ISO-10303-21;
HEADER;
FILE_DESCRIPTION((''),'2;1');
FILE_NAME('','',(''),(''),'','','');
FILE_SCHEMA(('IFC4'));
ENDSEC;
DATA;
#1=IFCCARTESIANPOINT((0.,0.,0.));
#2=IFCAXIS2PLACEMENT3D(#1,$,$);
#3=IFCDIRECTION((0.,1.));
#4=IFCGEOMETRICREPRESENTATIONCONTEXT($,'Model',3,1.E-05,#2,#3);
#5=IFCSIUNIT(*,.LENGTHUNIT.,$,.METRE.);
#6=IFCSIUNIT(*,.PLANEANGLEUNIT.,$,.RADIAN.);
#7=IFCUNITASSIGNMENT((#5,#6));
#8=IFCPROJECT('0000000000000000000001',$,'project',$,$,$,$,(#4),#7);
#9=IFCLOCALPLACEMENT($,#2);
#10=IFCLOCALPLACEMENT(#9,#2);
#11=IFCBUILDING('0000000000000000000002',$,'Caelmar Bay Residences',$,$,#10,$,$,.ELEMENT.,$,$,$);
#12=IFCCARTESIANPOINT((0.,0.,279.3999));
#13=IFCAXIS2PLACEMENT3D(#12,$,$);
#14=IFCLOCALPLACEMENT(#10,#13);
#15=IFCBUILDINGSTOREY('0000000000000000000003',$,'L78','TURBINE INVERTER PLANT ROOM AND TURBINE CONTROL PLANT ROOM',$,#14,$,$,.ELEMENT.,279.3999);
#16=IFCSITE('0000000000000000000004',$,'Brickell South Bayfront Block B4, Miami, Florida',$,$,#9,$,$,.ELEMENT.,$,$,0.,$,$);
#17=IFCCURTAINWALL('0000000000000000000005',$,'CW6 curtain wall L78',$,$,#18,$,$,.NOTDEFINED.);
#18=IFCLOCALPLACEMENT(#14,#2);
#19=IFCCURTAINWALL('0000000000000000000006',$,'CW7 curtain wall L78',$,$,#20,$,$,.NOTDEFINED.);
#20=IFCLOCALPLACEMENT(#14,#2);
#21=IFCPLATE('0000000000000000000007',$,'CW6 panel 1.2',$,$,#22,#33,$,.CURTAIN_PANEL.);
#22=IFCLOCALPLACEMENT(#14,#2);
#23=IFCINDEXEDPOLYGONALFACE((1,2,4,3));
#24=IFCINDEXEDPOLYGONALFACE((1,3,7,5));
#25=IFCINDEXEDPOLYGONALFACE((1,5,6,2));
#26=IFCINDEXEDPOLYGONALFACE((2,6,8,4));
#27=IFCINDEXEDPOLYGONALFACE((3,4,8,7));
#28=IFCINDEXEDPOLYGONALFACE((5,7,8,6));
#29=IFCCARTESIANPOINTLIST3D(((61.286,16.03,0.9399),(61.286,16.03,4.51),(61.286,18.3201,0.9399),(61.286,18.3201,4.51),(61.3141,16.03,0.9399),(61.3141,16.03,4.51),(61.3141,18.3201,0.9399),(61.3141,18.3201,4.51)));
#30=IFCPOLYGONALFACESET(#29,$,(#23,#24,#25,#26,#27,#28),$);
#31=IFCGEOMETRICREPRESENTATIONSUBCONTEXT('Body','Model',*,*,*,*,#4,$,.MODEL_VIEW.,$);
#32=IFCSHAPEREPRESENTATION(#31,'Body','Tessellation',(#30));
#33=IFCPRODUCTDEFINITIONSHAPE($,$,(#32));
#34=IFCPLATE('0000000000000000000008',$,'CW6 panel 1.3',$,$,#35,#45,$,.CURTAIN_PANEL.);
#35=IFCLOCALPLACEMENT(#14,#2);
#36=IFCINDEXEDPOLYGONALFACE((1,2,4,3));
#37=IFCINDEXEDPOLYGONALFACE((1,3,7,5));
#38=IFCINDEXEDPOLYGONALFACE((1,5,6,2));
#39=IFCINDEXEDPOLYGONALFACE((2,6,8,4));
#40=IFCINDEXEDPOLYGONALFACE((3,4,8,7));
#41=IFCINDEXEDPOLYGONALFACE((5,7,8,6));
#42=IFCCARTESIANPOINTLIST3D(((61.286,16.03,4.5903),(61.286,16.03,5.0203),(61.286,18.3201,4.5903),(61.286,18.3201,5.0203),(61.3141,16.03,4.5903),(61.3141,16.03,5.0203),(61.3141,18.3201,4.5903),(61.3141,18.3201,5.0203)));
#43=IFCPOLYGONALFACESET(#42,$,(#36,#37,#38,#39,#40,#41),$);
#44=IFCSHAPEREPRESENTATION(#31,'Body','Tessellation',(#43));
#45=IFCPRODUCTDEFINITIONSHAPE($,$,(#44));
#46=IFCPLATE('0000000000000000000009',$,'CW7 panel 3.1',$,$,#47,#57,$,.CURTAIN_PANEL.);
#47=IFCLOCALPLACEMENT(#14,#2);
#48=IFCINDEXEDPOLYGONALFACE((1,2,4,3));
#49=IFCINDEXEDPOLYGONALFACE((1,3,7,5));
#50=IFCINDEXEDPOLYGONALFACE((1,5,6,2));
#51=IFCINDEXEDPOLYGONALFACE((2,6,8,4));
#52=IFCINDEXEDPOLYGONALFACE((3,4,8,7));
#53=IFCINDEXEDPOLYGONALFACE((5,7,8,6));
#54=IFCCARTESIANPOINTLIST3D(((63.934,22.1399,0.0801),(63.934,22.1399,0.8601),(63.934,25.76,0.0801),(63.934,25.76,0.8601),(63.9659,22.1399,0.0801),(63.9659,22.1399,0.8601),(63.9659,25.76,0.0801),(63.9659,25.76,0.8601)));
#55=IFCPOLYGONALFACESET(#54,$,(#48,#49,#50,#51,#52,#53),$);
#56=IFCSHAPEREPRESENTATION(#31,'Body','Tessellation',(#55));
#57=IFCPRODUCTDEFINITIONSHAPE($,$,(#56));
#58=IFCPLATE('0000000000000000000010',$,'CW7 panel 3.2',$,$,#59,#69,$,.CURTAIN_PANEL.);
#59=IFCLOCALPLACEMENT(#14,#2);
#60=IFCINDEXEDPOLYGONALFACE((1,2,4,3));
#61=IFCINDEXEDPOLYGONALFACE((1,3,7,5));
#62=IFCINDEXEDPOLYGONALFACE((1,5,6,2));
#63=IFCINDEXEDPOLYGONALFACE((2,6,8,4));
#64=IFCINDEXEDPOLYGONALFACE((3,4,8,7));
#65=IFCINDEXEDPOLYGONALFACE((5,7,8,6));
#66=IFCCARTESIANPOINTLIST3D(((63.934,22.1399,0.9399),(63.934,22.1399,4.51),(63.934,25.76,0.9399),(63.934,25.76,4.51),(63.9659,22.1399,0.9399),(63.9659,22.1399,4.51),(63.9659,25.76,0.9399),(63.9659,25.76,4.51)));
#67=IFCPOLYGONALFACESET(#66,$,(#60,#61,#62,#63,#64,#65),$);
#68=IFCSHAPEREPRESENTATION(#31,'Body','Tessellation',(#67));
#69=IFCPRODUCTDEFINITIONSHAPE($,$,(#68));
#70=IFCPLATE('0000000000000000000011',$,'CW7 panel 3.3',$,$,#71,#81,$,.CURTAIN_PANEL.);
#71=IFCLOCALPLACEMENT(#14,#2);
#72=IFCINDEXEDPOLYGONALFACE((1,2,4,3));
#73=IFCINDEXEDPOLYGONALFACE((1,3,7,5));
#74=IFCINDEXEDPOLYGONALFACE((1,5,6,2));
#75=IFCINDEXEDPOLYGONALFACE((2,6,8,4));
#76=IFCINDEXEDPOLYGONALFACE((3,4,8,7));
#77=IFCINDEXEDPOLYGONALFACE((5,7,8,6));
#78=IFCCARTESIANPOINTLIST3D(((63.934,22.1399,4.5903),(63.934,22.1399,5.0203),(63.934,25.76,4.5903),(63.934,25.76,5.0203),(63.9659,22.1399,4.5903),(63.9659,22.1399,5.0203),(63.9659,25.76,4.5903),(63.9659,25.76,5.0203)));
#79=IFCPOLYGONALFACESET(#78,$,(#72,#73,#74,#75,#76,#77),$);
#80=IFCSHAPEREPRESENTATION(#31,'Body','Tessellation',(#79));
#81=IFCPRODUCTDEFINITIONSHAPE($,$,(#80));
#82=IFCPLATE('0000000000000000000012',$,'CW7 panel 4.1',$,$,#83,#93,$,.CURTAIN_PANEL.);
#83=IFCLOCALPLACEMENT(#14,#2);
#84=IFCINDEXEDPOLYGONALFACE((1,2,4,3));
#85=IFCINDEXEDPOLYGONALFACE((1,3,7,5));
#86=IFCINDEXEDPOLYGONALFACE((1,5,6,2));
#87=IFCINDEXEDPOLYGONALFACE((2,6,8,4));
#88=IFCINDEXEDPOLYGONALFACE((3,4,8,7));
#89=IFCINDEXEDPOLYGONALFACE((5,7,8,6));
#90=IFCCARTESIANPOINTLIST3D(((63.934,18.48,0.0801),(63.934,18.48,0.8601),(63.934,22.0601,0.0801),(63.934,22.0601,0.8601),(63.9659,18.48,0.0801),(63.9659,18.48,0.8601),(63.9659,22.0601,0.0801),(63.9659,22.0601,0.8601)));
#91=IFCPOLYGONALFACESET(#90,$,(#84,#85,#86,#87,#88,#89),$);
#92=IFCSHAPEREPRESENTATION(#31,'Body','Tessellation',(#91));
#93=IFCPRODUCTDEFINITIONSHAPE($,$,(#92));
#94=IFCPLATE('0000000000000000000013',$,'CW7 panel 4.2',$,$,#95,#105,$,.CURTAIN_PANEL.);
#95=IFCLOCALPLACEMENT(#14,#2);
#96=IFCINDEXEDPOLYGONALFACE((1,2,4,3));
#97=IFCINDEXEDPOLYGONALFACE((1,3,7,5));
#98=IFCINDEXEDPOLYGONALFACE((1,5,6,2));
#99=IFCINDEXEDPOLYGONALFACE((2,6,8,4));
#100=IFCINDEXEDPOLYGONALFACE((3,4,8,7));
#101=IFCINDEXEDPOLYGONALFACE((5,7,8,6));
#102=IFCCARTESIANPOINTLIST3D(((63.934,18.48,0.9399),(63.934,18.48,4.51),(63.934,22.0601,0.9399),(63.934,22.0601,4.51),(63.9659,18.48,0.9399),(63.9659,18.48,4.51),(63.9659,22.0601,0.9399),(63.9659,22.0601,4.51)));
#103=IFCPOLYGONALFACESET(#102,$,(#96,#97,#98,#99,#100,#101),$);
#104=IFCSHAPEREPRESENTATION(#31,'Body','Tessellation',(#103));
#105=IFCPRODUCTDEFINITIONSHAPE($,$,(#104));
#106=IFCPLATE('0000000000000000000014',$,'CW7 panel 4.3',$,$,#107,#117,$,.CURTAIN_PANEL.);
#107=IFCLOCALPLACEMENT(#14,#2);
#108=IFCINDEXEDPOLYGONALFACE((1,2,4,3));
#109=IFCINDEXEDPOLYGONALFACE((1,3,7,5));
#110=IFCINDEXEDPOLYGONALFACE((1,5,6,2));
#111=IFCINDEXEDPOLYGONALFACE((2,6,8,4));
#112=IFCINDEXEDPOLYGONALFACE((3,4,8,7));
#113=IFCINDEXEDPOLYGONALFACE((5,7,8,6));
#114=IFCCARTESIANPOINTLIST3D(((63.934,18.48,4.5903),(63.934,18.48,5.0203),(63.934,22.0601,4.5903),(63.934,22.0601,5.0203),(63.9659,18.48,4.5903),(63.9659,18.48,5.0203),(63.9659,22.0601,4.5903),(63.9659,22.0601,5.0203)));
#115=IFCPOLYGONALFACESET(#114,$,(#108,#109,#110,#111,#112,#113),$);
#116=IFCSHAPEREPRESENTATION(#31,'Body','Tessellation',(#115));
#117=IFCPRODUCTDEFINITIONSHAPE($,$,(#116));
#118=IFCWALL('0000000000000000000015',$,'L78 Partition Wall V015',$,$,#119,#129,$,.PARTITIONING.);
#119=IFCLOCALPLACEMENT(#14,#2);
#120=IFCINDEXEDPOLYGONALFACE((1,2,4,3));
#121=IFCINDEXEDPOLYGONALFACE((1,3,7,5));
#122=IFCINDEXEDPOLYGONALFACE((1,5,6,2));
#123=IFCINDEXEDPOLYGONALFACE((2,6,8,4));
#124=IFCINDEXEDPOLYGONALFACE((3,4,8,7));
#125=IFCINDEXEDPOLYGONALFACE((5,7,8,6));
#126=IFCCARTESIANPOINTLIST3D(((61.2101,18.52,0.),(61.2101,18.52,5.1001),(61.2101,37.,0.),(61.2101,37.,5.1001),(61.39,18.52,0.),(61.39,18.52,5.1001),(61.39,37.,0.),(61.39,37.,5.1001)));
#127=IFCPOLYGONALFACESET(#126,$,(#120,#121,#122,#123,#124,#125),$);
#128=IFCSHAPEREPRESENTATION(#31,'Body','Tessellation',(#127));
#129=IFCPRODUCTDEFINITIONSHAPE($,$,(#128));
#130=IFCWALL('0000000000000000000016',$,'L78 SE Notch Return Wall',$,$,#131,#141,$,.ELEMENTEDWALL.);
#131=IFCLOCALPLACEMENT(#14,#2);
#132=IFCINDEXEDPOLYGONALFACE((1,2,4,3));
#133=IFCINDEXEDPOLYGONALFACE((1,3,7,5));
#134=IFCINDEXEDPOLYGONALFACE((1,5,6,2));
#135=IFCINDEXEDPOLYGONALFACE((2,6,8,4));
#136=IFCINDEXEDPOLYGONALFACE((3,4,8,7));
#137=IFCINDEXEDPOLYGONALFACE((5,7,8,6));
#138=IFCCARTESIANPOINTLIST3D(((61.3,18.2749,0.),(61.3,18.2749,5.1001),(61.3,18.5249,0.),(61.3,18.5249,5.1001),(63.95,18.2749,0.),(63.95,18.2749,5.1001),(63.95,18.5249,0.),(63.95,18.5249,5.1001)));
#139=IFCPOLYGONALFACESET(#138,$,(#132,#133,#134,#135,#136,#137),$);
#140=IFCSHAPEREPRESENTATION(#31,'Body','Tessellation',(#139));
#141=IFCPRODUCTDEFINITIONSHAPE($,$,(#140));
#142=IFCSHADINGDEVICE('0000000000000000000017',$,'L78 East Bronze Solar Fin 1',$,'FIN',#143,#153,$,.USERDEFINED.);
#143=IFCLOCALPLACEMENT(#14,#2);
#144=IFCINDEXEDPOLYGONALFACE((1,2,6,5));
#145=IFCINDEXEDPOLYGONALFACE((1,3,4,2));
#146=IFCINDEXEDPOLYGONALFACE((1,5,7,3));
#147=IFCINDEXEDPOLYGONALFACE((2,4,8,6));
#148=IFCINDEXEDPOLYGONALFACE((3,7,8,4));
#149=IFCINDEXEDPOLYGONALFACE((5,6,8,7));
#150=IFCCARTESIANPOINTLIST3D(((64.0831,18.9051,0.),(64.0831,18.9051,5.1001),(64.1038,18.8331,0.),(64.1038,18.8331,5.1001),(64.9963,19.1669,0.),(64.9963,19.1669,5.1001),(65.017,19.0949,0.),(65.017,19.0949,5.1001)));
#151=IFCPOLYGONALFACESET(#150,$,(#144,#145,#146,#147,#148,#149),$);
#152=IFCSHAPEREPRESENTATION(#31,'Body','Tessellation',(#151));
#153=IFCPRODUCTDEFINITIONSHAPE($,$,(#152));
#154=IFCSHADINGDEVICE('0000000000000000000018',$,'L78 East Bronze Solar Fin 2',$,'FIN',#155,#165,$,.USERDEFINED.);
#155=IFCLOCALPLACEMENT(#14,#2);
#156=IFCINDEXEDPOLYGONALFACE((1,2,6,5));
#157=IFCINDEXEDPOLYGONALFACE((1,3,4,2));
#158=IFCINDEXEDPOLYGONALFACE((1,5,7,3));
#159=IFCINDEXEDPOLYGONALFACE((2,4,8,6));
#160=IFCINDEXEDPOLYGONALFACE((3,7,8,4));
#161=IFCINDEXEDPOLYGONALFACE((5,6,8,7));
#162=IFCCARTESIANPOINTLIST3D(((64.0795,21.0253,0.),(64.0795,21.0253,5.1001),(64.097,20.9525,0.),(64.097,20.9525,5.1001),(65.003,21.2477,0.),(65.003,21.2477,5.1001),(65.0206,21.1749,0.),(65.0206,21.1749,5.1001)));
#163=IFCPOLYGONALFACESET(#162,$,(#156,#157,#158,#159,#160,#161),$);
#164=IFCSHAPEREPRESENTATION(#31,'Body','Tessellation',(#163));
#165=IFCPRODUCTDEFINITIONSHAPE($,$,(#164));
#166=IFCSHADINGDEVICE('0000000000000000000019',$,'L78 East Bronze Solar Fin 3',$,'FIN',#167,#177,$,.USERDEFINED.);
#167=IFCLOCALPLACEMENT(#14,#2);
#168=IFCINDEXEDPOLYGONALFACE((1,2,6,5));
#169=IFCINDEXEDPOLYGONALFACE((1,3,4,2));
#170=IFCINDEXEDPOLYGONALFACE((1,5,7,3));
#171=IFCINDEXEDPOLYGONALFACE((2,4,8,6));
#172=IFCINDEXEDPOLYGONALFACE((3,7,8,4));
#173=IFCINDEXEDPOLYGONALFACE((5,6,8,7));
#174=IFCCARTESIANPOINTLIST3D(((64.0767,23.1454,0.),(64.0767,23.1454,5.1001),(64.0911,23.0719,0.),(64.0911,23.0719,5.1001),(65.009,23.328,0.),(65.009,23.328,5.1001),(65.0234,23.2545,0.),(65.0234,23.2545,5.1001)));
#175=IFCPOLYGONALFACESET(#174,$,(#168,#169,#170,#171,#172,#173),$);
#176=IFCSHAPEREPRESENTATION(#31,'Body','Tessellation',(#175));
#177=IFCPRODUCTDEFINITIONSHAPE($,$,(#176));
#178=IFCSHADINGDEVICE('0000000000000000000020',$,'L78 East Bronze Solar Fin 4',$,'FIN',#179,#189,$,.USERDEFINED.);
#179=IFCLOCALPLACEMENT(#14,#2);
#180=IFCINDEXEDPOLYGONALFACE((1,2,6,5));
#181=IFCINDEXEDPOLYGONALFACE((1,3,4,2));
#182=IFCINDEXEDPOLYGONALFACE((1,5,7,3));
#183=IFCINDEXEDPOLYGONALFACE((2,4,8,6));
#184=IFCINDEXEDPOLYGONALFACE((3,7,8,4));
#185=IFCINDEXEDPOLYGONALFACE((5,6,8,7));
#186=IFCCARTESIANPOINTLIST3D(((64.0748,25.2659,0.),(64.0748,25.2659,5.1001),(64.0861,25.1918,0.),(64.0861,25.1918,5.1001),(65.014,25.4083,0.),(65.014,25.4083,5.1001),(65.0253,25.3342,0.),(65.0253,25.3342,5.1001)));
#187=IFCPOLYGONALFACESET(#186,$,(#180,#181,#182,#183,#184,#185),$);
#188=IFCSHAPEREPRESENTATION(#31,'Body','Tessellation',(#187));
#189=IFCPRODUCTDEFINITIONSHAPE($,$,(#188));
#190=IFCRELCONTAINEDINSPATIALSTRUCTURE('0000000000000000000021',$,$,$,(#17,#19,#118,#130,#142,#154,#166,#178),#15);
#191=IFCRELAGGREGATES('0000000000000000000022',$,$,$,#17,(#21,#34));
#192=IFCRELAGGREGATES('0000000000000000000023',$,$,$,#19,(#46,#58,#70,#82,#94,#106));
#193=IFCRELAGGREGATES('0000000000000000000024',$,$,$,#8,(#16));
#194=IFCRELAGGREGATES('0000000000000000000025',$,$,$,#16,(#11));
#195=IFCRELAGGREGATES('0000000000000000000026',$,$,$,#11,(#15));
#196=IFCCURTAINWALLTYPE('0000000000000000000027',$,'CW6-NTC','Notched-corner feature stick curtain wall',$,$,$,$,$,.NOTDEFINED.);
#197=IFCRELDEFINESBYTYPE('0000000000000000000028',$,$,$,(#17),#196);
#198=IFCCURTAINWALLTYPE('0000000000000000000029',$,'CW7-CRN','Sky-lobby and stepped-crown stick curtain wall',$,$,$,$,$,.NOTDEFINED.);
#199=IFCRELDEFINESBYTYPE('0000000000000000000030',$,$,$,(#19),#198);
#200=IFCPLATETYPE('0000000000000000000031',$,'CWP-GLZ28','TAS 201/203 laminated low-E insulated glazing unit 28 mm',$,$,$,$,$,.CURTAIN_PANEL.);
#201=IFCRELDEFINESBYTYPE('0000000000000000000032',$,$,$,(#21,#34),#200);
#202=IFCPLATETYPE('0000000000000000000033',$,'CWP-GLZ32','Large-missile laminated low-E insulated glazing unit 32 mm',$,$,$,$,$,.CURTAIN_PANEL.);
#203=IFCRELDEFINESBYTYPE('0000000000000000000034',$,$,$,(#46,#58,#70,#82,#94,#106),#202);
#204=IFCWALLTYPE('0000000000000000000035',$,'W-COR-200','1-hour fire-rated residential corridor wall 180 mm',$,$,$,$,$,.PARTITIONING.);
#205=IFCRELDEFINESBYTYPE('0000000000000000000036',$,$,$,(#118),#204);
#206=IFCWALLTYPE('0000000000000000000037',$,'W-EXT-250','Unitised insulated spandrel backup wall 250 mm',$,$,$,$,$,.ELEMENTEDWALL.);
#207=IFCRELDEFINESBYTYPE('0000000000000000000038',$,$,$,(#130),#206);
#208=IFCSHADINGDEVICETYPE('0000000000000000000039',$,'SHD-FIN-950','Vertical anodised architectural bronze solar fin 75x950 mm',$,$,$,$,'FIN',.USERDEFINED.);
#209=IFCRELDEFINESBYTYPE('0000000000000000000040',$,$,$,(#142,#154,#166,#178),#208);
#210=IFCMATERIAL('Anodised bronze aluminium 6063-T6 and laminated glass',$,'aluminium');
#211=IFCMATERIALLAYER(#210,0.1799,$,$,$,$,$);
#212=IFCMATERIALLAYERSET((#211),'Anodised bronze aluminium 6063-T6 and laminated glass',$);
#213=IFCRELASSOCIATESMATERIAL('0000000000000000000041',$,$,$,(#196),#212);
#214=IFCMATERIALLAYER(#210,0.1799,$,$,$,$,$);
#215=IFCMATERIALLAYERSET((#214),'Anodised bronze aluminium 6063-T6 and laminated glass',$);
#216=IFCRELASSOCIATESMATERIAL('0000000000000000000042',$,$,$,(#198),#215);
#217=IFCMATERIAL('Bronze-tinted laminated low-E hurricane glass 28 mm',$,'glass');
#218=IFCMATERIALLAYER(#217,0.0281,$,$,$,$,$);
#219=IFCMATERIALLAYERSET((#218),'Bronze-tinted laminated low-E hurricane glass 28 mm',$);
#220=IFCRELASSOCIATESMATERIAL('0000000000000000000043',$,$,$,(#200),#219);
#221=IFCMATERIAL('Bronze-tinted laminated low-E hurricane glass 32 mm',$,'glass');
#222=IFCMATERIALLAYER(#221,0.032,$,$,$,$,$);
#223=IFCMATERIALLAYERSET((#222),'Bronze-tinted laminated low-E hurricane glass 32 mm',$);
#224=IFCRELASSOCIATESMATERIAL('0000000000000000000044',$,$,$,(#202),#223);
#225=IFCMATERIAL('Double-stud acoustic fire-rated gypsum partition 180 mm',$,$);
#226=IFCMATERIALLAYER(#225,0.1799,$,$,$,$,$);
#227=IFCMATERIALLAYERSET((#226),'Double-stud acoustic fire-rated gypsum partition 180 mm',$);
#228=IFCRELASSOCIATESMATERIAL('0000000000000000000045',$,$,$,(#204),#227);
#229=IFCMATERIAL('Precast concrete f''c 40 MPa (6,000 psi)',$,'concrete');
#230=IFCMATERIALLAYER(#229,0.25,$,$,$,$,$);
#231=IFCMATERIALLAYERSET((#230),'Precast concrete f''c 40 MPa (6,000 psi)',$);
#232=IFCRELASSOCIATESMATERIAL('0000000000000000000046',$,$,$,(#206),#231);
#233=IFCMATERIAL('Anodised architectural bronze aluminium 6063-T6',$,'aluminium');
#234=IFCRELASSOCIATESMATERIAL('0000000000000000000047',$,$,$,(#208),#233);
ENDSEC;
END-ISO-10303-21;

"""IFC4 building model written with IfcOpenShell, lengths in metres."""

from ifc_helpers import new_model, si_unit, direction, frame, frame_2d, origin, origin_2d, place, context, subcontext, project, spatial, rectangle, extrude, material, layer, layer_set, material_profile, profile_set, type_object, element, aggregate, save


model = new_model("IFC4")

# Units and contexts
model_context = context("Model", 3, precision=1e-05, world=origin(), true_north=direction((0.0, 1.0)))
body_context = subcontext(model_context, "Body", "Model", "MODEL_VIEW")
ifc_project = project(units=[si_unit("LENGTHUNIT", "METRE"), si_unit("PLANEANGLEUNIT", "RADIAN")], contexts=[model_context])

# Site, building, storey
site_placement = place(None, origin())
site = spatial("IfcSite", under=ifc_project, at=site_placement, Name="Brickell South Bayfront Block B4, Miami, Florida", CompositionType="ELEMENT", RefElevation=0.0)
building_placement = place(site_placement, origin())
building = spatial("IfcBuilding", under=site, at=building_placement, Name="Caelmar Bay Residences", CompositionType="ELEMENT")
storey_placement = place(building_placement, frame((0.0, 0.0, 279.3999)))
storey = spatial("IfcBuildingStorey", under=building, at=storey_placement, Name="L78", Description="TURBINE INVERTER PLANT ROOM AND TURBINE CONTROL PLANT ROOM", CompositionType="ELEMENT", Elevation=279.3999)

# Curtain wall
ifc_material_1 = material(Name="Anodised bronze aluminium 6063-T6 and laminated glass", Category="aluminium")
ifc_layer_1 = layer(ifc_material_1, 0.1799)
ifc_layer_set_1 = layer_set([ifc_layer_1], Name="Anodised bronze aluminium 6063-T6 and laminated glass")
curtain_wall_type_1 = type_object("IfcCurtainWallType", Name="CW6-NTC", Description="Notched-corner feature stick curtain wall", PredefinedType="NOTDEFINED", material=ifc_layer_set_1)
curtain_wall_1_placement = place(storey_placement, origin())
curtain_wall_1 = element("IfcCurtainWall", 1, at=curtain_wall_1_placement, inside=storey, type_object=curtain_wall_type_1, Name="CW6 curtain wall L78", PredefinedType="NOTDEFINED")

# Curtain wall
ifc_layer_2 = layer(ifc_material_1, 0.1799)
ifc_layer_set_2 = layer_set([ifc_layer_2], Name="Anodised bronze aluminium 6063-T6 and laminated glass")
curtain_wall_type_2 = type_object("IfcCurtainWallType", Name="CW7-CRN", Description="Sky-lobby and stepped-crown stick curtain wall", PredefinedType="NOTDEFINED", material=ifc_layer_set_2)
curtain_wall_2_placement = place(storey_placement, origin())
curtain_wall_2 = element("IfcCurtainWall", 2, at=curtain_wall_2_placement, inside=storey, type_object=curtain_wall_type_2, Name="CW7 curtain wall L78", PredefinedType="NOTDEFINED")

# Plates
ifc_material_2 = material(Name="Bronze-tinted laminated low-E hurricane glass 28 mm", Category="glass")
ifc_layer_3 = layer(ifc_material_2, 0.0281)
ifc_layer_set_3 = layer_set([ifc_layer_3], Name="Bronze-tinted laminated low-E hurricane glass 28 mm")
plate_type_1 = type_object("IfcPlateType", Name="CWP-GLZ28", Description="TAS 201/203 laminated low-E insulated glazing unit 28 mm", PredefinedType="CURTAIN_PANEL", material=ifc_layer_set_3)
plate_1_placement = place(storey_placement, frame((61.3, 17.175, 0.9399), z_axis=(0.0, 0.0, 1.0), x_axis=(0.0, 1.0, 0.0)))
plate_1 = element("IfcPlate", 3, at=plate_1_placement, type_object=plate_type_1, Name="CW6 panel 1.2", PredefinedType="CURTAIN_PANEL", context=body_context, shape_type="SweptSolid", body=[
    extrude(rectangle(XDim=2.29, YDim=0.0281, at=origin_2d()), origin(), (0.0, 0.0, 1.0), 3.5701),
])
plate_2_placement = place(storey_placement, frame((61.3, 17.175, 4.5903), z_axis=(0.0, 0.0, 1.0), x_axis=(0.0, 1.0, 0.0)))
plate_2 = element("IfcPlate", 4, at=plate_2_placement, type_object=plate_type_1, Name="CW6 panel 1.3", PredefinedType="CURTAIN_PANEL", context=body_context, shape_type="SweptSolid", body=[
    extrude(rectangle(XDim=2.29, YDim=0.0281, at=origin_2d()), origin(), (0.0, 0.0, 1.0), 0.4299),
])
aggregate(curtain_wall_1, [plate_1, plate_2])
ifc_material_3 = material(Name="Bronze-tinted laminated low-E hurricane glass 32 mm", Category="glass")
ifc_layer_4 = layer(ifc_material_3, 0.032)
ifc_layer_set_4 = layer_set([ifc_layer_4], Name="Bronze-tinted laminated low-E hurricane glass 32 mm")
plate_type_2 = type_object("IfcPlateType", Name="CWP-GLZ32", Description="Large-missile laminated low-E insulated glazing unit 32 mm", PredefinedType="CURTAIN_PANEL", material=ifc_layer_set_4)
plate_3_placement = place(storey_placement, frame((63.95, 23.95, 0.0801), z_axis=(0.0, 0.0, 1.0), x_axis=(0.0, -1.0, 0.0)))
plate_3 = element("IfcPlate", 5, at=plate_3_placement, type_object=plate_type_2, Name="CW7 panel 3.1", PredefinedType="CURTAIN_PANEL", context=body_context, shape_type="SweptSolid", body=[
    extrude(rectangle(XDim=3.6201, YDim=0.032, at=origin_2d()), origin(), (0.0, 0.0, 1.0), 0.78),
])
plate_4_placement = place(storey_placement, frame((63.95, 23.95, 0.9399), z_axis=(0.0, 0.0, 1.0), x_axis=(0.0, -1.0, 0.0)))
plate_4 = element("IfcPlate", 6, at=plate_4_placement, type_object=plate_type_2, Name="CW7 panel 3.2", PredefinedType="CURTAIN_PANEL", context=body_context, shape_type="SweptSolid", body=[
    extrude(rectangle(XDim=3.6201, YDim=0.032, at=origin_2d()), origin(), (0.0, 0.0, 1.0), 3.5701),
])
plate_5_placement = place(storey_placement, frame((63.95, 23.95, 4.5903), z_axis=(0.0, 0.0, 1.0), x_axis=(0.0, -1.0, 0.0)))
plate_5 = element("IfcPlate", 7, at=plate_5_placement, type_object=plate_type_2, Name="CW7 panel 3.3", PredefinedType="CURTAIN_PANEL", context=body_context, shape_type="SweptSolid", body=[
    extrude(rectangle(XDim=3.6201, YDim=0.032, at=origin_2d()), origin(), (0.0, 0.0, 1.0), 0.4299),
])
plate_6_placement = place(storey_placement, frame((63.95, 20.27, 0.0801), z_axis=(0.0, 0.0, 1.0), x_axis=(0.0, -1.0, 0.0)))
plate_6 = element("IfcPlate", 8, at=plate_6_placement, type_object=plate_type_2, Name="CW7 panel 4.1", PredefinedType="CURTAIN_PANEL", context=body_context, shape_type="SweptSolid", body=[
    extrude(rectangle(XDim=3.5801, YDim=0.032, at=origin_2d()), origin(), (0.0, 0.0, 1.0), 0.78),
])
plate_7_placement = place(storey_placement, frame((63.95, 20.27, 0.9399), z_axis=(0.0, 0.0, 1.0), x_axis=(0.0, -1.0, 0.0)))
plate_7 = element("IfcPlate", 9, at=plate_7_placement, type_object=plate_type_2, Name="CW7 panel 4.2", PredefinedType="CURTAIN_PANEL", context=body_context, shape_type="SweptSolid", body=[
    extrude(rectangle(XDim=3.5801, YDim=0.032, at=origin_2d()), origin(), (0.0, 0.0, 1.0), 3.5701),
])
plate_8_placement = place(storey_placement, frame((63.95, 20.27, 4.5903), z_axis=(0.0, 0.0, 1.0), x_axis=(0.0, -1.0, 0.0)))
plate_8 = element("IfcPlate", 10, at=plate_8_placement, type_object=plate_type_2, Name="CW7 panel 4.3", PredefinedType="CURTAIN_PANEL", context=body_context, shape_type="SweptSolid", body=[
    extrude(rectangle(XDim=3.5801, YDim=0.032, at=origin_2d()), origin(), (0.0, 0.0, 1.0), 0.4299),
])
aggregate(curtain_wall_2, [plate_3, plate_4, plate_5, plate_6, plate_7, plate_8])

# Walls
ifc_material_4 = material(Name="Double-stud acoustic fire-rated gypsum partition 180 mm")
ifc_layer_5 = layer(ifc_material_4, 0.1799)
ifc_layer_set_5 = layer_set([ifc_layer_5], Name="Double-stud acoustic fire-rated gypsum partition 180 mm")
wall_type_1 = type_object("IfcWallType", Name="W-COR-200", Description="1-hour fire-rated residential corridor wall 180 mm", PredefinedType="PARTITIONING", material=ifc_layer_set_5)
wall_1_placement = place(storey_placement, frame((61.3, 18.52, 0.0), z_axis=(0.0, 0.0, 1.0), x_axis=(0.0, 1.0, 0.0)))
element("IfcWall", 11, at=wall_1_placement, inside=storey, type_object=wall_type_1, Name="L78 Partition Wall V015", PredefinedType="PARTITIONING", context=body_context, shape_type="SweptSolid", body=[
    extrude(rectangle(XDim=18.48, YDim=0.1799, at=frame_2d((9.24, 0.0))), origin(), (0.0, 0.0, 1.0), 5.1001),
])
ifc_material_5 = material(Name="Precast concrete f'c 40 MPa (6,000 psi)", Category="concrete")
ifc_layer_6 = layer(ifc_material_5, 0.25)
ifc_layer_set_6 = layer_set([ifc_layer_6], Name="Precast concrete f'c 40 MPa (6,000 psi)")
wall_type_2 = type_object("IfcWallType", Name="W-EXT-250", Description="Unitised insulated spandrel backup wall 250 mm", PredefinedType="ELEMENTEDWALL", material=ifc_layer_set_6)
wall_2_placement = place(storey_placement, frame((61.3, 18.3999, 0.0), z_axis=(0.0, 0.0, 1.0), x_axis=(1.0, 0.0, 0.0)))
element("IfcWall", 12, at=wall_2_placement, inside=storey, type_object=wall_type_2, Name="L78 SE Notch Return Wall", PredefinedType="ELEMENTEDWALL", context=body_context, shape_type="SweptSolid", body=[
    extrude(rectangle(XDim=2.6499, YDim=0.25, at=frame_2d((1.325, 0.0))), origin(), (0.0, 0.0, 1.0), 5.1001),
])

# Shading devices
ifc_material_6 = material(Name="Anodised architectural bronze aluminium 6063-T6", Category="aluminium")
ifc_material_profile_1 = material_profile(ifc_material_6, rectangle(XDim=0.075, YDim=0.95, at=origin_2d()), Name="BRONZE-FIN-75X950")
ifc_profile_set_1 = profile_set([ifc_material_profile_1], Name="Anodised architectural bronze aluminium 6063-T6")
shading_device_type = type_object("IfcShadingDeviceType", Name="SHD-FIN-950", Description="Vertical anodised architectural bronze solar fin 75x950 mm", ElementType="FIN", PredefinedType="USERDEFINED", material=ifc_profile_set_1)
for number, where, z_axis, x_axis, name in (
    (13, (64.55, 19.0, 0.0), (0.0, 0.0, 1.0), (-0.275637, 0.961262, 0.0), "L78 East Bronze Solar Fin 1"),
    (14, (64.55, 21.1001, 0.0), (0.0, 0.0, 1.0), (-0.234124, 0.972207, 0.0), "L78 East Bronze Solar Fin 2"),
    (15, (64.55, 23.2, 0.0), (0.0, 0.0, 1.0), (-0.192179, 0.98136, 0.0), "L78 East Bronze Solar Fin 3"),
    (16, (64.55, 25.3, 0.0), (0.0, 0.0, 1.0), (-0.14988, 0.988704, 0.0), "L78 East Bronze Solar Fin 4"),
):
    element("IfcShadingDevice", number, at=place(storey_placement, frame(where, z_axis=z_axis, x_axis=x_axis)), inside=storey, type_object=shading_device_type, Name=name, ObjectType="FIN", PredefinedType="USERDEFINED", context=body_context, shape_type="SweptSolid", body=[
        extrude(rectangle(XDim=0.075, YDim=0.95, at=origin_2d()), origin(), (0.0, 0.0, 1.0), 5.1001),
    ])

save(model, "model.ifc")
